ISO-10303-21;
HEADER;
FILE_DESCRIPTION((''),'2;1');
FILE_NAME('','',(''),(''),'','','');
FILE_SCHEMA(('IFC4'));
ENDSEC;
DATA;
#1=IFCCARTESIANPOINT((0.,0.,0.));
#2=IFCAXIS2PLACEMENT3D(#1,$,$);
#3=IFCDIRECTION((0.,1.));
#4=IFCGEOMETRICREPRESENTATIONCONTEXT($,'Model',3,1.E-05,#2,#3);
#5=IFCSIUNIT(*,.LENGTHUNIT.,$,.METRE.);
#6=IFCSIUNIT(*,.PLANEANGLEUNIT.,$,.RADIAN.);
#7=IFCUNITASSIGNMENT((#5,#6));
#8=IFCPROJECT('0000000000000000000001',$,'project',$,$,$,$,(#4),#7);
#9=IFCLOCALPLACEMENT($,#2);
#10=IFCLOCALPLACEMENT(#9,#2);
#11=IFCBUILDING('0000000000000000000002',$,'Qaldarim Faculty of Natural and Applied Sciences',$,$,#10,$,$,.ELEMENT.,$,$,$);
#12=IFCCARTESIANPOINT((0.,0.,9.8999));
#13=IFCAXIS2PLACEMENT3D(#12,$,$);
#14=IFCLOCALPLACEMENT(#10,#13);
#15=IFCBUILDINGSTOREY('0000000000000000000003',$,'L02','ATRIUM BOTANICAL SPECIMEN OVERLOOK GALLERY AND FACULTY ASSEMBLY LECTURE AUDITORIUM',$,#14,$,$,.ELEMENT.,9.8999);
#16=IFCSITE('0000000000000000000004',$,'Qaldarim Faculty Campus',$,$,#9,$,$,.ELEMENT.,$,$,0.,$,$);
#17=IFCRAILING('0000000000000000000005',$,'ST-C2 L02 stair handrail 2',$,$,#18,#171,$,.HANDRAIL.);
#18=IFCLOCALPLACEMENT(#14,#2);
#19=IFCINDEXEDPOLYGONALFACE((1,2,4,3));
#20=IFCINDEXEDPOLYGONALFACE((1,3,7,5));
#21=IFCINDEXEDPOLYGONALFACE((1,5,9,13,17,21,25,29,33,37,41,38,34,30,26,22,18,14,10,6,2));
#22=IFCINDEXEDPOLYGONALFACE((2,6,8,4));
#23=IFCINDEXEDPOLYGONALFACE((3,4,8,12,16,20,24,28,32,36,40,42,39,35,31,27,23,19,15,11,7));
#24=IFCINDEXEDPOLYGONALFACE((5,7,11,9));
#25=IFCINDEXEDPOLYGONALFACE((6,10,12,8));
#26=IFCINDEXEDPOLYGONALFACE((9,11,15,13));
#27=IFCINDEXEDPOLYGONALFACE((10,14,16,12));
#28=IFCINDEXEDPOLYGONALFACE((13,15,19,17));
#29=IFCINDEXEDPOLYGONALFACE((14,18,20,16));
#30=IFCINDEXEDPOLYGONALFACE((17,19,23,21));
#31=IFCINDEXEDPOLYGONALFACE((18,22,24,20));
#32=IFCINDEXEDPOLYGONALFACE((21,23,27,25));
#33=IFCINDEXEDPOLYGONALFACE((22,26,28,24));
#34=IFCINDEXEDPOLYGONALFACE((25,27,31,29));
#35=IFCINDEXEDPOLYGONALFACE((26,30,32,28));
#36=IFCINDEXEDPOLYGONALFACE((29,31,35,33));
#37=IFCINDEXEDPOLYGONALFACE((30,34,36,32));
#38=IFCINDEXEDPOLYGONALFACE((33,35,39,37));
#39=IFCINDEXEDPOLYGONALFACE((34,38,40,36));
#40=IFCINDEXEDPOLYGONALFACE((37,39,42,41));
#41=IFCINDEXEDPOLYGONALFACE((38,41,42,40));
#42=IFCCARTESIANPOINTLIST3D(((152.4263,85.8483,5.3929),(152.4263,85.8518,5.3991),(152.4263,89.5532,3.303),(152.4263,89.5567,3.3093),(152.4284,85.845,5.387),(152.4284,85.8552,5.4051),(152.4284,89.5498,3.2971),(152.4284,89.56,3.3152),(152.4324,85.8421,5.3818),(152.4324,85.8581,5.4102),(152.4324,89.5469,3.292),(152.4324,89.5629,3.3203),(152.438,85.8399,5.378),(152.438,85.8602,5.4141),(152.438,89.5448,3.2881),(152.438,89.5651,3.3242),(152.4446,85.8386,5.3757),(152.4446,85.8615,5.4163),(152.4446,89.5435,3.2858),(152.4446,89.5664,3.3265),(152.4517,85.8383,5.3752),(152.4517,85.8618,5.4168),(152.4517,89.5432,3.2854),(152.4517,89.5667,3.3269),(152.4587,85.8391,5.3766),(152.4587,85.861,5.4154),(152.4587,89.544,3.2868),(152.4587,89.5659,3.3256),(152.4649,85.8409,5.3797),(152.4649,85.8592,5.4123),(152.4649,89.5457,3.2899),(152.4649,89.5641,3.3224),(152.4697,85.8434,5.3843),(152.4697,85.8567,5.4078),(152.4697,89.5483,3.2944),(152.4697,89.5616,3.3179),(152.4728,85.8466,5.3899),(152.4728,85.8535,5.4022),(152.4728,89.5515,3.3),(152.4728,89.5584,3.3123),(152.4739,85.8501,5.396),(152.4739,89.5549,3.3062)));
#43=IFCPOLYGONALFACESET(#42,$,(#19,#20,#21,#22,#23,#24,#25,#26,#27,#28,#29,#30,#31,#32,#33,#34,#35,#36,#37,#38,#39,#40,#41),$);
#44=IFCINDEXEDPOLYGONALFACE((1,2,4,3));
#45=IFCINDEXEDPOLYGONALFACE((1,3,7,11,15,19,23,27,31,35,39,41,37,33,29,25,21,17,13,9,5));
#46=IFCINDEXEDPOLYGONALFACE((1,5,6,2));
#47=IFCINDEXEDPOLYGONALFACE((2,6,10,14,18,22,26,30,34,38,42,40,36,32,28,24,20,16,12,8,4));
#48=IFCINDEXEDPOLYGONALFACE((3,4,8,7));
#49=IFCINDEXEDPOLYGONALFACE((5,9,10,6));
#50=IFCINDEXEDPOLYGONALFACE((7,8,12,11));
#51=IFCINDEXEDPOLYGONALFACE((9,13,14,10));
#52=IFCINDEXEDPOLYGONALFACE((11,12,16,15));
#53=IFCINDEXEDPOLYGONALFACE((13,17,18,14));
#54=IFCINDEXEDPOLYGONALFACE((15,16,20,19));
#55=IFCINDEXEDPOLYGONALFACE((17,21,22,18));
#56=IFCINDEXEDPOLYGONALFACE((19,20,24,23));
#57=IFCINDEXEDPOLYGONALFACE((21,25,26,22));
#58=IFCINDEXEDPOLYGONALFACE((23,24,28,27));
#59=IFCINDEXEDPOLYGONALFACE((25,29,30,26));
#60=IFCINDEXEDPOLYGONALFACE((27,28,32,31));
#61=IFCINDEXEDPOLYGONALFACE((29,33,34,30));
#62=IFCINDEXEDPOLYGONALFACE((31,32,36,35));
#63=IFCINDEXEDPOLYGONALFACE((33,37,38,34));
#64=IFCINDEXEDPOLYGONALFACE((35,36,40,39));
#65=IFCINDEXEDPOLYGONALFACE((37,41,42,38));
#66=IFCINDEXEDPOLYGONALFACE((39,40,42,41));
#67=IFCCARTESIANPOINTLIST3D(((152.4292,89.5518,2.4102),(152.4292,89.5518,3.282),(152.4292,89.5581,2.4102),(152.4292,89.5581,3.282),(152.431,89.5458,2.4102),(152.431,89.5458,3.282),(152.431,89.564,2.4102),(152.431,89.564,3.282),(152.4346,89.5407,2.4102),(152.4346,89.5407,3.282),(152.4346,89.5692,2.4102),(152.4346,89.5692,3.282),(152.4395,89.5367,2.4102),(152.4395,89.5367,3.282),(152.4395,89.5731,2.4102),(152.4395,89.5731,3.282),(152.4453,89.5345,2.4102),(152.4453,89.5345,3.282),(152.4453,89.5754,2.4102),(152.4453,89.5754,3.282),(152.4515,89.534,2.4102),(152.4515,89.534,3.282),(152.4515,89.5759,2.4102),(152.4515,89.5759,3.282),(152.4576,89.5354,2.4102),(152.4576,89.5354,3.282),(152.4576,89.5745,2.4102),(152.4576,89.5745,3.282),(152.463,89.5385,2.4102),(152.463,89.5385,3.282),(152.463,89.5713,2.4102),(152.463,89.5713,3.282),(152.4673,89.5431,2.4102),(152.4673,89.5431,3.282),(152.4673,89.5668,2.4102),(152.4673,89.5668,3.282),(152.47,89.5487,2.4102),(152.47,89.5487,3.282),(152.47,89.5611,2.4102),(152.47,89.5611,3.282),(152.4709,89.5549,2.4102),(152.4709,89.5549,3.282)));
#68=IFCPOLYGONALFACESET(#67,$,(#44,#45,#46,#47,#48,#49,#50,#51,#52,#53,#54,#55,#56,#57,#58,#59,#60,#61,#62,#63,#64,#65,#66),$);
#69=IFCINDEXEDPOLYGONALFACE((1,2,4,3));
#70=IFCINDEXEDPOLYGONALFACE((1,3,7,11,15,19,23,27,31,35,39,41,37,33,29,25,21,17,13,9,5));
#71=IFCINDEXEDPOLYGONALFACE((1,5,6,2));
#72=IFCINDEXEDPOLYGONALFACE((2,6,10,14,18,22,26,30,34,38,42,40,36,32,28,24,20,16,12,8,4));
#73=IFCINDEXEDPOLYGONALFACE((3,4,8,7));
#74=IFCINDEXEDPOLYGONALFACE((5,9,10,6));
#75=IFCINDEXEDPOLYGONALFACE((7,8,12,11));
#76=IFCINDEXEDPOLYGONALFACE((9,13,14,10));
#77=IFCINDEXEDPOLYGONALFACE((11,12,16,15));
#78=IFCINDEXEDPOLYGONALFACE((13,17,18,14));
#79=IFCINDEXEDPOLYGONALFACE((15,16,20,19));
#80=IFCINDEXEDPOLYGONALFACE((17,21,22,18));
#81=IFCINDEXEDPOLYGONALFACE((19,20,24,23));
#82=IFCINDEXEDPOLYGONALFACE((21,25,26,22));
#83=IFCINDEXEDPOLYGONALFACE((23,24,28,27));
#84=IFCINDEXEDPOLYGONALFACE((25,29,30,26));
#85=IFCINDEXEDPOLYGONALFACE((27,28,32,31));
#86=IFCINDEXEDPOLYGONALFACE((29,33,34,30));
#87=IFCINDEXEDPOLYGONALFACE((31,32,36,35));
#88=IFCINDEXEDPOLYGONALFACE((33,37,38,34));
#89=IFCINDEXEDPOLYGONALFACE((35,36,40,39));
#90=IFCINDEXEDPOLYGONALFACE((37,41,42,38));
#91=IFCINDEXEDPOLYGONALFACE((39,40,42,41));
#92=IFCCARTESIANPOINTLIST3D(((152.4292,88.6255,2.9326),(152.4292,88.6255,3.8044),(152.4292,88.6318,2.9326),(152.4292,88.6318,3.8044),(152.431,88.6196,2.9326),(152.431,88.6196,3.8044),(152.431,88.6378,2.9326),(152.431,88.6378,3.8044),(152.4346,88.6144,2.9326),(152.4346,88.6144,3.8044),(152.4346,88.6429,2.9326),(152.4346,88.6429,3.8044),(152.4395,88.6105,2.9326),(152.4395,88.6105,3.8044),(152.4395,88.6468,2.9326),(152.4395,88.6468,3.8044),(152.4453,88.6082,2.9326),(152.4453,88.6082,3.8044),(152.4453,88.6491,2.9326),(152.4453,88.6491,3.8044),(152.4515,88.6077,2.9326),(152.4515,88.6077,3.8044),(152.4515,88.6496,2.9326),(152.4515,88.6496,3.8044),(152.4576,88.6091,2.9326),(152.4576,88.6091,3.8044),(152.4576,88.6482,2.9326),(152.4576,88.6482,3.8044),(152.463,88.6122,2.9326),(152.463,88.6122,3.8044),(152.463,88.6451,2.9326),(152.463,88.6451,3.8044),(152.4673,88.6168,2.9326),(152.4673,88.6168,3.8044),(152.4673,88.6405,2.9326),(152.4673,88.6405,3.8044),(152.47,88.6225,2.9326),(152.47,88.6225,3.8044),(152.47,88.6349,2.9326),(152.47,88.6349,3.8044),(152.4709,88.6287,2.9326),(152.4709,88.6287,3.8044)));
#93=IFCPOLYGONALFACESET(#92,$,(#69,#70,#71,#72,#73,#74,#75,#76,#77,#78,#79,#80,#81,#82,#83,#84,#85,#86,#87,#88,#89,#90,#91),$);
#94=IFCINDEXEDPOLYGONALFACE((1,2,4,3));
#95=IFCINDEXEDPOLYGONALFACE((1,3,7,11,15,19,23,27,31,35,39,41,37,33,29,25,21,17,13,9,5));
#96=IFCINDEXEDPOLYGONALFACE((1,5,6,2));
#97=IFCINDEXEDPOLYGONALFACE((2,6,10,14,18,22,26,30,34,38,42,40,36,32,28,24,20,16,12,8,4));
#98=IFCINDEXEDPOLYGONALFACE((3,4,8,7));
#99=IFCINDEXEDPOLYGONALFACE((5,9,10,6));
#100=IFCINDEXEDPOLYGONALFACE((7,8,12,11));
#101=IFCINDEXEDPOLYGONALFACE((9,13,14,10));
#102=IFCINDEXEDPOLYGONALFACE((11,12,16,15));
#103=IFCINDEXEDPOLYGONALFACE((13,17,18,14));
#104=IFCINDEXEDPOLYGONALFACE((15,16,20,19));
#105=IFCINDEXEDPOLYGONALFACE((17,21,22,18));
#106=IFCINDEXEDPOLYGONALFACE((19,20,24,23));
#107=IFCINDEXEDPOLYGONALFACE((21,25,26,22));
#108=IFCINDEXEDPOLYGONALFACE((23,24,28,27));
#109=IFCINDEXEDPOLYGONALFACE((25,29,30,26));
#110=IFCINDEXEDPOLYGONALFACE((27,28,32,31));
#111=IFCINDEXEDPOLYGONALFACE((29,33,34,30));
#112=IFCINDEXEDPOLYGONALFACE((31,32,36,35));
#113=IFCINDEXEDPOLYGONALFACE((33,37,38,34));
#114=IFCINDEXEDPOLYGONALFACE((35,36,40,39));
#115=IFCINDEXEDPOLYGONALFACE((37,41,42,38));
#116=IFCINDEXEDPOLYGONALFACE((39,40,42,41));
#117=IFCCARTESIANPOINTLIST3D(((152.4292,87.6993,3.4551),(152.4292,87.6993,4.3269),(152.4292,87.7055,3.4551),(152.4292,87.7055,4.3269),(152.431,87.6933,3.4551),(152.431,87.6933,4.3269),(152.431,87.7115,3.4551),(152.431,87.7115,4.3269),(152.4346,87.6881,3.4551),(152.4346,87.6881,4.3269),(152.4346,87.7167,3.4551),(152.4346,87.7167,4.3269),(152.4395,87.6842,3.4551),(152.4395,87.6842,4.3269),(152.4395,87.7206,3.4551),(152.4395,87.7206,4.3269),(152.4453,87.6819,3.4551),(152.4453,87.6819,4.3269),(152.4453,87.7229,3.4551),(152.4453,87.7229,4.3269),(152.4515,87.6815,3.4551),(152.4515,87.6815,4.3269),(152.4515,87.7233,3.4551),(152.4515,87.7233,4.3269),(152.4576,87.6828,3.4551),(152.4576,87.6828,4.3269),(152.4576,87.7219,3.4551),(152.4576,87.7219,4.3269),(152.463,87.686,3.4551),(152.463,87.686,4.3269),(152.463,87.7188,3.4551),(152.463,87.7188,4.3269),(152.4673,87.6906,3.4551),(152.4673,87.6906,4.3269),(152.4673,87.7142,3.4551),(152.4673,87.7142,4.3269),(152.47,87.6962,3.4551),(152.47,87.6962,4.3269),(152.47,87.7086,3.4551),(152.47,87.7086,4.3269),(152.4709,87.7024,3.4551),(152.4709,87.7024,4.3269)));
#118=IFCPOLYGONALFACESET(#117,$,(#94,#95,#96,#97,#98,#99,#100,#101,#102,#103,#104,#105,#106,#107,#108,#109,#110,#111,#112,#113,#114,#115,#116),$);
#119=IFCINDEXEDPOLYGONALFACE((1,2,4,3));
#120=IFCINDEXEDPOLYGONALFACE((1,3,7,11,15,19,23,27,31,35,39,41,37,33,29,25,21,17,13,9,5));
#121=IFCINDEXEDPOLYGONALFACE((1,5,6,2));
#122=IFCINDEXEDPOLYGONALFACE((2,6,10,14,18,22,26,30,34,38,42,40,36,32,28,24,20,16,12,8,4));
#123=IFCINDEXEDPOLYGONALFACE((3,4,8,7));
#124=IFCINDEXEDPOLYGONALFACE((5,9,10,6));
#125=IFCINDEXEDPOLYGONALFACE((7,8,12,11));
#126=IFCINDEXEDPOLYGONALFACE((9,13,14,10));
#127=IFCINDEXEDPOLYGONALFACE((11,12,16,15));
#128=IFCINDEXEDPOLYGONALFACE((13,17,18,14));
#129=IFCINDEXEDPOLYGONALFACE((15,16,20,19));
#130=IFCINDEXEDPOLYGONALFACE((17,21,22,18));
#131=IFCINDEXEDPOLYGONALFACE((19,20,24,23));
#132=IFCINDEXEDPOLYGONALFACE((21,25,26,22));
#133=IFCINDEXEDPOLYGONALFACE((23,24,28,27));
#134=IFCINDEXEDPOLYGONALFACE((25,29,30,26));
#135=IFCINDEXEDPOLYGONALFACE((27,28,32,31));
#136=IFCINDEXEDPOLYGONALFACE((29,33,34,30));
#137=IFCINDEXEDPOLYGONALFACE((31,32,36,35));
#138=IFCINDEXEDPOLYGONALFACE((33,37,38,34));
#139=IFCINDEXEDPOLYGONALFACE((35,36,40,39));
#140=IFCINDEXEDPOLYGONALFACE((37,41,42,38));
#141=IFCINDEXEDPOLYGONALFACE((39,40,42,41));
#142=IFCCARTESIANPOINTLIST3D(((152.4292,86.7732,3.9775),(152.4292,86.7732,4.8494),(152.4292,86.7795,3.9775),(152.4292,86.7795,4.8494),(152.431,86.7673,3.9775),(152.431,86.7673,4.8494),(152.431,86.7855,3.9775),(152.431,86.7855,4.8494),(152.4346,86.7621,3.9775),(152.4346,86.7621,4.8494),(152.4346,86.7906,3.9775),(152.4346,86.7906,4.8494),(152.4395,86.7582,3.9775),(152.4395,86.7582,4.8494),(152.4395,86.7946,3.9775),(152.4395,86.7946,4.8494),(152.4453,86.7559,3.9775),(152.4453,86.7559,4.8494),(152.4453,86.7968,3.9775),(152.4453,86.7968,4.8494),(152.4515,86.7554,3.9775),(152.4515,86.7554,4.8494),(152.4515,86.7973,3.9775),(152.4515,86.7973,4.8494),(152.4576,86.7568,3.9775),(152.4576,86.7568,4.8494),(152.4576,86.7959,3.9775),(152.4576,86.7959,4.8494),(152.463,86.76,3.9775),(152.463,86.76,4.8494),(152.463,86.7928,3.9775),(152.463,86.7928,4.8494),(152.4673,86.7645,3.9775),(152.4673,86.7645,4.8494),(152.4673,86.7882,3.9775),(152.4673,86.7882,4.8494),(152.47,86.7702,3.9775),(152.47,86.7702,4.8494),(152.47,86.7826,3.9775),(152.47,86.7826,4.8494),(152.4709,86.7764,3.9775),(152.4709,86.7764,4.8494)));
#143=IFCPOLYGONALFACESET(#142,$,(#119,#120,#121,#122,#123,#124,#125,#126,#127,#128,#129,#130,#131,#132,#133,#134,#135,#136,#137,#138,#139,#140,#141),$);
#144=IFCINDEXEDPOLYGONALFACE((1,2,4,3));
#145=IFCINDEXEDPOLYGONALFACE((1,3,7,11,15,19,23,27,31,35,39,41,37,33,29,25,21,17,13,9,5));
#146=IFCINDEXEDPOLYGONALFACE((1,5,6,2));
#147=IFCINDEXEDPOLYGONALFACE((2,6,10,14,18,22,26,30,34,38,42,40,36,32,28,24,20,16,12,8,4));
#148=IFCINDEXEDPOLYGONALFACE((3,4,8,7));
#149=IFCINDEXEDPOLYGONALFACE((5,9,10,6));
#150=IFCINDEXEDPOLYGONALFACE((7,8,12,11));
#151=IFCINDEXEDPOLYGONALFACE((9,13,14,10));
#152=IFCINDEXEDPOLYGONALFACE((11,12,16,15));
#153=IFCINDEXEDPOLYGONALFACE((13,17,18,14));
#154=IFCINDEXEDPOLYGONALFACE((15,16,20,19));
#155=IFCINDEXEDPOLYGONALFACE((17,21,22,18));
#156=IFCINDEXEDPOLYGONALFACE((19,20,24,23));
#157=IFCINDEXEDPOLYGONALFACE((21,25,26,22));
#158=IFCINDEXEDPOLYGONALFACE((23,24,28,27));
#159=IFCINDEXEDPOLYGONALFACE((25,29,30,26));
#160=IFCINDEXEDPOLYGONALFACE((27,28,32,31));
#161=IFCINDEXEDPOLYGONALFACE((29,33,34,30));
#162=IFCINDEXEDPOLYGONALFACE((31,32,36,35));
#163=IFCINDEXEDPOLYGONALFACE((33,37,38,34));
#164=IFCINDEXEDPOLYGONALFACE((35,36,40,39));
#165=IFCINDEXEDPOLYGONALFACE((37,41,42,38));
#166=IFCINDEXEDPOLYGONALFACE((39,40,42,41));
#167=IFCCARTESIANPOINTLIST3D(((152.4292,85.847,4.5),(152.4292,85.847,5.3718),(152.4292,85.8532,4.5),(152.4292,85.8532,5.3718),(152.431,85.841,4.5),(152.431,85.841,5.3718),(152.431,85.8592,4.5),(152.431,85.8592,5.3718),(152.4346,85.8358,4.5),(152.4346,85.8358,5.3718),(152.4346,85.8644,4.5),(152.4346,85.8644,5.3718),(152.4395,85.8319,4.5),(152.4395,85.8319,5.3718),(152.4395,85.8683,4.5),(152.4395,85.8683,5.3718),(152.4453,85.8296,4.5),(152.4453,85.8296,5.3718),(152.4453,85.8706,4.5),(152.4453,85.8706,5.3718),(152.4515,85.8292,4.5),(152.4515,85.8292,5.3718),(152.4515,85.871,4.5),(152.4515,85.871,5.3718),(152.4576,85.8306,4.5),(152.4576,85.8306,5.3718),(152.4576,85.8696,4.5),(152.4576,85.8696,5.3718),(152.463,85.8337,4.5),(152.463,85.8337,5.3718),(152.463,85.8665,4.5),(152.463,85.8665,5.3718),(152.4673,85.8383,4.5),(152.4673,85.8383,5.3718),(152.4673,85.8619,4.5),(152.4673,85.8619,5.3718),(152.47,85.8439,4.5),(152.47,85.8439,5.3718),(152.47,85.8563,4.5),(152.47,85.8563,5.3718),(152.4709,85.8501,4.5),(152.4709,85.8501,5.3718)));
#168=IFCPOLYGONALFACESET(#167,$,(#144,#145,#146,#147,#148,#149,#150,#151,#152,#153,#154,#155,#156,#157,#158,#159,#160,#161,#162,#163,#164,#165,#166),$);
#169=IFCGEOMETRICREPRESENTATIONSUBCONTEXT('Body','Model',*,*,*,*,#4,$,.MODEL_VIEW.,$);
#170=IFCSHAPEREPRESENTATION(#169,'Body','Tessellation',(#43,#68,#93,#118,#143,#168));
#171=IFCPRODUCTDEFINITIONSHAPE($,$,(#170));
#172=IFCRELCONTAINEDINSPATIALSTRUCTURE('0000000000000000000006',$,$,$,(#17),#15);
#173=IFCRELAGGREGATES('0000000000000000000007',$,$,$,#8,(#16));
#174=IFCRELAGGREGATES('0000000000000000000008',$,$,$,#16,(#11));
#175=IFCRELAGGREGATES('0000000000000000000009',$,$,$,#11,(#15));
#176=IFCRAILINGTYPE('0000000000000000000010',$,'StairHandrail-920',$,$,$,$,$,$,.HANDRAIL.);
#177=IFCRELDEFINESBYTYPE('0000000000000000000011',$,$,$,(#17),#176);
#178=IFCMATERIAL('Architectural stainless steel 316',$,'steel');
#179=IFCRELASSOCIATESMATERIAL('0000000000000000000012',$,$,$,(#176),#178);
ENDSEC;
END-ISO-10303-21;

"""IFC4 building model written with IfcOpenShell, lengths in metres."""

from ifc_helpers import new_model, si_unit, direction, frame, origin, origin_2d, place, context, subcontext, project, spatial, circle, extrude, material, type_object, element, save


model = new_model("IFC4")

# Units and contexts
model_context = context("Model", 3, precision=1e-05, world=origin(), true_north=direction((0.0, 1.0)))
body_context = subcontext(model_context, "Body", "Model", "MODEL_VIEW")
ifc_project = project(units=[si_unit("LENGTHUNIT", "METRE"), si_unit("PLANEANGLEUNIT", "RADIAN")], contexts=[model_context])

# Site, building, storey
site_placement = place(None, origin())
site = spatial("IfcSite", under=ifc_project, at=site_placement, Name="Qaldarim Faculty Campus", CompositionType="ELEMENT", RefElevation=0.0)
building_placement = place(site_placement, origin())
building = spatial("IfcBuilding", under=site, at=building_placement, Name="Qaldarim Faculty of Natural and Applied Sciences", CompositionType="ELEMENT")
storey_placement = place(building_placement, frame((0.0, 0.0, 9.8999)))
storey = spatial("IfcBuildingStorey", under=building, at=storey_placement, Name="L02", Description="ATRIUM BOTANICAL SPECIMEN OVERLOOK GALLERY AND FACULTY ASSEMBLY LECTURE AUDITORIUM", CompositionType="ELEMENT", Elevation=9.8999)

# Railing
ifc_material_1 = material(Name="Architectural stainless steel 316", Category="steel")
railing_type_1 = type_object("IfcRailingType", Name="StairHandrail-920", PredefinedType="HANDRAIL", material=ifc_material_1)
railing_1_placement = place(storey_placement, frame((152.45, 89.5549, 2.4102)))
element("IfcRailing", 1, at=railing_1_placement, inside=storey, type_object=railing_type_1, Name="ST-C2 L02 stair handrail 2", PredefinedType="HANDRAIL", context=body_context, shape_type="SweptSolid", body=[
    extrude(circle(Radius=0.0239, at=origin_2d()), frame((0.0, 0.0, 0.896), z_axis=(0.0, -0.870985, 0.49131), x_axis=(1.0, 0.0, 0.0)), (0.0, 0.0, 1.0), 4.2537),
    extrude(circle(Radius=0.021, at=origin_2d()), origin(), (0.0, 0.0, 1.0), 0.8718),
    extrude(circle(Radius=0.021, at=origin_2d()), frame((0.0, -0.9263, 0.5225)), (0.0, 0.0, 1.0), 0.8718),
    extrude(circle(Radius=0.021, at=origin_2d()), frame((0.0, -1.8525, 1.0449)), (0.0, 0.0, 1.0), 0.8718),
    extrude(circle(Radius=0.021, at=origin_2d()), frame((0.0, -2.7786, 1.5674)), (0.0, 0.0, 1.0), 0.8718),
    extrude(circle(Radius=0.021, at=origin_2d()), frame((0.0, -3.7048, 2.0898)), (0.0, 0.0, 1.0), 0.8718),
])

save(model, "model.ifc")
